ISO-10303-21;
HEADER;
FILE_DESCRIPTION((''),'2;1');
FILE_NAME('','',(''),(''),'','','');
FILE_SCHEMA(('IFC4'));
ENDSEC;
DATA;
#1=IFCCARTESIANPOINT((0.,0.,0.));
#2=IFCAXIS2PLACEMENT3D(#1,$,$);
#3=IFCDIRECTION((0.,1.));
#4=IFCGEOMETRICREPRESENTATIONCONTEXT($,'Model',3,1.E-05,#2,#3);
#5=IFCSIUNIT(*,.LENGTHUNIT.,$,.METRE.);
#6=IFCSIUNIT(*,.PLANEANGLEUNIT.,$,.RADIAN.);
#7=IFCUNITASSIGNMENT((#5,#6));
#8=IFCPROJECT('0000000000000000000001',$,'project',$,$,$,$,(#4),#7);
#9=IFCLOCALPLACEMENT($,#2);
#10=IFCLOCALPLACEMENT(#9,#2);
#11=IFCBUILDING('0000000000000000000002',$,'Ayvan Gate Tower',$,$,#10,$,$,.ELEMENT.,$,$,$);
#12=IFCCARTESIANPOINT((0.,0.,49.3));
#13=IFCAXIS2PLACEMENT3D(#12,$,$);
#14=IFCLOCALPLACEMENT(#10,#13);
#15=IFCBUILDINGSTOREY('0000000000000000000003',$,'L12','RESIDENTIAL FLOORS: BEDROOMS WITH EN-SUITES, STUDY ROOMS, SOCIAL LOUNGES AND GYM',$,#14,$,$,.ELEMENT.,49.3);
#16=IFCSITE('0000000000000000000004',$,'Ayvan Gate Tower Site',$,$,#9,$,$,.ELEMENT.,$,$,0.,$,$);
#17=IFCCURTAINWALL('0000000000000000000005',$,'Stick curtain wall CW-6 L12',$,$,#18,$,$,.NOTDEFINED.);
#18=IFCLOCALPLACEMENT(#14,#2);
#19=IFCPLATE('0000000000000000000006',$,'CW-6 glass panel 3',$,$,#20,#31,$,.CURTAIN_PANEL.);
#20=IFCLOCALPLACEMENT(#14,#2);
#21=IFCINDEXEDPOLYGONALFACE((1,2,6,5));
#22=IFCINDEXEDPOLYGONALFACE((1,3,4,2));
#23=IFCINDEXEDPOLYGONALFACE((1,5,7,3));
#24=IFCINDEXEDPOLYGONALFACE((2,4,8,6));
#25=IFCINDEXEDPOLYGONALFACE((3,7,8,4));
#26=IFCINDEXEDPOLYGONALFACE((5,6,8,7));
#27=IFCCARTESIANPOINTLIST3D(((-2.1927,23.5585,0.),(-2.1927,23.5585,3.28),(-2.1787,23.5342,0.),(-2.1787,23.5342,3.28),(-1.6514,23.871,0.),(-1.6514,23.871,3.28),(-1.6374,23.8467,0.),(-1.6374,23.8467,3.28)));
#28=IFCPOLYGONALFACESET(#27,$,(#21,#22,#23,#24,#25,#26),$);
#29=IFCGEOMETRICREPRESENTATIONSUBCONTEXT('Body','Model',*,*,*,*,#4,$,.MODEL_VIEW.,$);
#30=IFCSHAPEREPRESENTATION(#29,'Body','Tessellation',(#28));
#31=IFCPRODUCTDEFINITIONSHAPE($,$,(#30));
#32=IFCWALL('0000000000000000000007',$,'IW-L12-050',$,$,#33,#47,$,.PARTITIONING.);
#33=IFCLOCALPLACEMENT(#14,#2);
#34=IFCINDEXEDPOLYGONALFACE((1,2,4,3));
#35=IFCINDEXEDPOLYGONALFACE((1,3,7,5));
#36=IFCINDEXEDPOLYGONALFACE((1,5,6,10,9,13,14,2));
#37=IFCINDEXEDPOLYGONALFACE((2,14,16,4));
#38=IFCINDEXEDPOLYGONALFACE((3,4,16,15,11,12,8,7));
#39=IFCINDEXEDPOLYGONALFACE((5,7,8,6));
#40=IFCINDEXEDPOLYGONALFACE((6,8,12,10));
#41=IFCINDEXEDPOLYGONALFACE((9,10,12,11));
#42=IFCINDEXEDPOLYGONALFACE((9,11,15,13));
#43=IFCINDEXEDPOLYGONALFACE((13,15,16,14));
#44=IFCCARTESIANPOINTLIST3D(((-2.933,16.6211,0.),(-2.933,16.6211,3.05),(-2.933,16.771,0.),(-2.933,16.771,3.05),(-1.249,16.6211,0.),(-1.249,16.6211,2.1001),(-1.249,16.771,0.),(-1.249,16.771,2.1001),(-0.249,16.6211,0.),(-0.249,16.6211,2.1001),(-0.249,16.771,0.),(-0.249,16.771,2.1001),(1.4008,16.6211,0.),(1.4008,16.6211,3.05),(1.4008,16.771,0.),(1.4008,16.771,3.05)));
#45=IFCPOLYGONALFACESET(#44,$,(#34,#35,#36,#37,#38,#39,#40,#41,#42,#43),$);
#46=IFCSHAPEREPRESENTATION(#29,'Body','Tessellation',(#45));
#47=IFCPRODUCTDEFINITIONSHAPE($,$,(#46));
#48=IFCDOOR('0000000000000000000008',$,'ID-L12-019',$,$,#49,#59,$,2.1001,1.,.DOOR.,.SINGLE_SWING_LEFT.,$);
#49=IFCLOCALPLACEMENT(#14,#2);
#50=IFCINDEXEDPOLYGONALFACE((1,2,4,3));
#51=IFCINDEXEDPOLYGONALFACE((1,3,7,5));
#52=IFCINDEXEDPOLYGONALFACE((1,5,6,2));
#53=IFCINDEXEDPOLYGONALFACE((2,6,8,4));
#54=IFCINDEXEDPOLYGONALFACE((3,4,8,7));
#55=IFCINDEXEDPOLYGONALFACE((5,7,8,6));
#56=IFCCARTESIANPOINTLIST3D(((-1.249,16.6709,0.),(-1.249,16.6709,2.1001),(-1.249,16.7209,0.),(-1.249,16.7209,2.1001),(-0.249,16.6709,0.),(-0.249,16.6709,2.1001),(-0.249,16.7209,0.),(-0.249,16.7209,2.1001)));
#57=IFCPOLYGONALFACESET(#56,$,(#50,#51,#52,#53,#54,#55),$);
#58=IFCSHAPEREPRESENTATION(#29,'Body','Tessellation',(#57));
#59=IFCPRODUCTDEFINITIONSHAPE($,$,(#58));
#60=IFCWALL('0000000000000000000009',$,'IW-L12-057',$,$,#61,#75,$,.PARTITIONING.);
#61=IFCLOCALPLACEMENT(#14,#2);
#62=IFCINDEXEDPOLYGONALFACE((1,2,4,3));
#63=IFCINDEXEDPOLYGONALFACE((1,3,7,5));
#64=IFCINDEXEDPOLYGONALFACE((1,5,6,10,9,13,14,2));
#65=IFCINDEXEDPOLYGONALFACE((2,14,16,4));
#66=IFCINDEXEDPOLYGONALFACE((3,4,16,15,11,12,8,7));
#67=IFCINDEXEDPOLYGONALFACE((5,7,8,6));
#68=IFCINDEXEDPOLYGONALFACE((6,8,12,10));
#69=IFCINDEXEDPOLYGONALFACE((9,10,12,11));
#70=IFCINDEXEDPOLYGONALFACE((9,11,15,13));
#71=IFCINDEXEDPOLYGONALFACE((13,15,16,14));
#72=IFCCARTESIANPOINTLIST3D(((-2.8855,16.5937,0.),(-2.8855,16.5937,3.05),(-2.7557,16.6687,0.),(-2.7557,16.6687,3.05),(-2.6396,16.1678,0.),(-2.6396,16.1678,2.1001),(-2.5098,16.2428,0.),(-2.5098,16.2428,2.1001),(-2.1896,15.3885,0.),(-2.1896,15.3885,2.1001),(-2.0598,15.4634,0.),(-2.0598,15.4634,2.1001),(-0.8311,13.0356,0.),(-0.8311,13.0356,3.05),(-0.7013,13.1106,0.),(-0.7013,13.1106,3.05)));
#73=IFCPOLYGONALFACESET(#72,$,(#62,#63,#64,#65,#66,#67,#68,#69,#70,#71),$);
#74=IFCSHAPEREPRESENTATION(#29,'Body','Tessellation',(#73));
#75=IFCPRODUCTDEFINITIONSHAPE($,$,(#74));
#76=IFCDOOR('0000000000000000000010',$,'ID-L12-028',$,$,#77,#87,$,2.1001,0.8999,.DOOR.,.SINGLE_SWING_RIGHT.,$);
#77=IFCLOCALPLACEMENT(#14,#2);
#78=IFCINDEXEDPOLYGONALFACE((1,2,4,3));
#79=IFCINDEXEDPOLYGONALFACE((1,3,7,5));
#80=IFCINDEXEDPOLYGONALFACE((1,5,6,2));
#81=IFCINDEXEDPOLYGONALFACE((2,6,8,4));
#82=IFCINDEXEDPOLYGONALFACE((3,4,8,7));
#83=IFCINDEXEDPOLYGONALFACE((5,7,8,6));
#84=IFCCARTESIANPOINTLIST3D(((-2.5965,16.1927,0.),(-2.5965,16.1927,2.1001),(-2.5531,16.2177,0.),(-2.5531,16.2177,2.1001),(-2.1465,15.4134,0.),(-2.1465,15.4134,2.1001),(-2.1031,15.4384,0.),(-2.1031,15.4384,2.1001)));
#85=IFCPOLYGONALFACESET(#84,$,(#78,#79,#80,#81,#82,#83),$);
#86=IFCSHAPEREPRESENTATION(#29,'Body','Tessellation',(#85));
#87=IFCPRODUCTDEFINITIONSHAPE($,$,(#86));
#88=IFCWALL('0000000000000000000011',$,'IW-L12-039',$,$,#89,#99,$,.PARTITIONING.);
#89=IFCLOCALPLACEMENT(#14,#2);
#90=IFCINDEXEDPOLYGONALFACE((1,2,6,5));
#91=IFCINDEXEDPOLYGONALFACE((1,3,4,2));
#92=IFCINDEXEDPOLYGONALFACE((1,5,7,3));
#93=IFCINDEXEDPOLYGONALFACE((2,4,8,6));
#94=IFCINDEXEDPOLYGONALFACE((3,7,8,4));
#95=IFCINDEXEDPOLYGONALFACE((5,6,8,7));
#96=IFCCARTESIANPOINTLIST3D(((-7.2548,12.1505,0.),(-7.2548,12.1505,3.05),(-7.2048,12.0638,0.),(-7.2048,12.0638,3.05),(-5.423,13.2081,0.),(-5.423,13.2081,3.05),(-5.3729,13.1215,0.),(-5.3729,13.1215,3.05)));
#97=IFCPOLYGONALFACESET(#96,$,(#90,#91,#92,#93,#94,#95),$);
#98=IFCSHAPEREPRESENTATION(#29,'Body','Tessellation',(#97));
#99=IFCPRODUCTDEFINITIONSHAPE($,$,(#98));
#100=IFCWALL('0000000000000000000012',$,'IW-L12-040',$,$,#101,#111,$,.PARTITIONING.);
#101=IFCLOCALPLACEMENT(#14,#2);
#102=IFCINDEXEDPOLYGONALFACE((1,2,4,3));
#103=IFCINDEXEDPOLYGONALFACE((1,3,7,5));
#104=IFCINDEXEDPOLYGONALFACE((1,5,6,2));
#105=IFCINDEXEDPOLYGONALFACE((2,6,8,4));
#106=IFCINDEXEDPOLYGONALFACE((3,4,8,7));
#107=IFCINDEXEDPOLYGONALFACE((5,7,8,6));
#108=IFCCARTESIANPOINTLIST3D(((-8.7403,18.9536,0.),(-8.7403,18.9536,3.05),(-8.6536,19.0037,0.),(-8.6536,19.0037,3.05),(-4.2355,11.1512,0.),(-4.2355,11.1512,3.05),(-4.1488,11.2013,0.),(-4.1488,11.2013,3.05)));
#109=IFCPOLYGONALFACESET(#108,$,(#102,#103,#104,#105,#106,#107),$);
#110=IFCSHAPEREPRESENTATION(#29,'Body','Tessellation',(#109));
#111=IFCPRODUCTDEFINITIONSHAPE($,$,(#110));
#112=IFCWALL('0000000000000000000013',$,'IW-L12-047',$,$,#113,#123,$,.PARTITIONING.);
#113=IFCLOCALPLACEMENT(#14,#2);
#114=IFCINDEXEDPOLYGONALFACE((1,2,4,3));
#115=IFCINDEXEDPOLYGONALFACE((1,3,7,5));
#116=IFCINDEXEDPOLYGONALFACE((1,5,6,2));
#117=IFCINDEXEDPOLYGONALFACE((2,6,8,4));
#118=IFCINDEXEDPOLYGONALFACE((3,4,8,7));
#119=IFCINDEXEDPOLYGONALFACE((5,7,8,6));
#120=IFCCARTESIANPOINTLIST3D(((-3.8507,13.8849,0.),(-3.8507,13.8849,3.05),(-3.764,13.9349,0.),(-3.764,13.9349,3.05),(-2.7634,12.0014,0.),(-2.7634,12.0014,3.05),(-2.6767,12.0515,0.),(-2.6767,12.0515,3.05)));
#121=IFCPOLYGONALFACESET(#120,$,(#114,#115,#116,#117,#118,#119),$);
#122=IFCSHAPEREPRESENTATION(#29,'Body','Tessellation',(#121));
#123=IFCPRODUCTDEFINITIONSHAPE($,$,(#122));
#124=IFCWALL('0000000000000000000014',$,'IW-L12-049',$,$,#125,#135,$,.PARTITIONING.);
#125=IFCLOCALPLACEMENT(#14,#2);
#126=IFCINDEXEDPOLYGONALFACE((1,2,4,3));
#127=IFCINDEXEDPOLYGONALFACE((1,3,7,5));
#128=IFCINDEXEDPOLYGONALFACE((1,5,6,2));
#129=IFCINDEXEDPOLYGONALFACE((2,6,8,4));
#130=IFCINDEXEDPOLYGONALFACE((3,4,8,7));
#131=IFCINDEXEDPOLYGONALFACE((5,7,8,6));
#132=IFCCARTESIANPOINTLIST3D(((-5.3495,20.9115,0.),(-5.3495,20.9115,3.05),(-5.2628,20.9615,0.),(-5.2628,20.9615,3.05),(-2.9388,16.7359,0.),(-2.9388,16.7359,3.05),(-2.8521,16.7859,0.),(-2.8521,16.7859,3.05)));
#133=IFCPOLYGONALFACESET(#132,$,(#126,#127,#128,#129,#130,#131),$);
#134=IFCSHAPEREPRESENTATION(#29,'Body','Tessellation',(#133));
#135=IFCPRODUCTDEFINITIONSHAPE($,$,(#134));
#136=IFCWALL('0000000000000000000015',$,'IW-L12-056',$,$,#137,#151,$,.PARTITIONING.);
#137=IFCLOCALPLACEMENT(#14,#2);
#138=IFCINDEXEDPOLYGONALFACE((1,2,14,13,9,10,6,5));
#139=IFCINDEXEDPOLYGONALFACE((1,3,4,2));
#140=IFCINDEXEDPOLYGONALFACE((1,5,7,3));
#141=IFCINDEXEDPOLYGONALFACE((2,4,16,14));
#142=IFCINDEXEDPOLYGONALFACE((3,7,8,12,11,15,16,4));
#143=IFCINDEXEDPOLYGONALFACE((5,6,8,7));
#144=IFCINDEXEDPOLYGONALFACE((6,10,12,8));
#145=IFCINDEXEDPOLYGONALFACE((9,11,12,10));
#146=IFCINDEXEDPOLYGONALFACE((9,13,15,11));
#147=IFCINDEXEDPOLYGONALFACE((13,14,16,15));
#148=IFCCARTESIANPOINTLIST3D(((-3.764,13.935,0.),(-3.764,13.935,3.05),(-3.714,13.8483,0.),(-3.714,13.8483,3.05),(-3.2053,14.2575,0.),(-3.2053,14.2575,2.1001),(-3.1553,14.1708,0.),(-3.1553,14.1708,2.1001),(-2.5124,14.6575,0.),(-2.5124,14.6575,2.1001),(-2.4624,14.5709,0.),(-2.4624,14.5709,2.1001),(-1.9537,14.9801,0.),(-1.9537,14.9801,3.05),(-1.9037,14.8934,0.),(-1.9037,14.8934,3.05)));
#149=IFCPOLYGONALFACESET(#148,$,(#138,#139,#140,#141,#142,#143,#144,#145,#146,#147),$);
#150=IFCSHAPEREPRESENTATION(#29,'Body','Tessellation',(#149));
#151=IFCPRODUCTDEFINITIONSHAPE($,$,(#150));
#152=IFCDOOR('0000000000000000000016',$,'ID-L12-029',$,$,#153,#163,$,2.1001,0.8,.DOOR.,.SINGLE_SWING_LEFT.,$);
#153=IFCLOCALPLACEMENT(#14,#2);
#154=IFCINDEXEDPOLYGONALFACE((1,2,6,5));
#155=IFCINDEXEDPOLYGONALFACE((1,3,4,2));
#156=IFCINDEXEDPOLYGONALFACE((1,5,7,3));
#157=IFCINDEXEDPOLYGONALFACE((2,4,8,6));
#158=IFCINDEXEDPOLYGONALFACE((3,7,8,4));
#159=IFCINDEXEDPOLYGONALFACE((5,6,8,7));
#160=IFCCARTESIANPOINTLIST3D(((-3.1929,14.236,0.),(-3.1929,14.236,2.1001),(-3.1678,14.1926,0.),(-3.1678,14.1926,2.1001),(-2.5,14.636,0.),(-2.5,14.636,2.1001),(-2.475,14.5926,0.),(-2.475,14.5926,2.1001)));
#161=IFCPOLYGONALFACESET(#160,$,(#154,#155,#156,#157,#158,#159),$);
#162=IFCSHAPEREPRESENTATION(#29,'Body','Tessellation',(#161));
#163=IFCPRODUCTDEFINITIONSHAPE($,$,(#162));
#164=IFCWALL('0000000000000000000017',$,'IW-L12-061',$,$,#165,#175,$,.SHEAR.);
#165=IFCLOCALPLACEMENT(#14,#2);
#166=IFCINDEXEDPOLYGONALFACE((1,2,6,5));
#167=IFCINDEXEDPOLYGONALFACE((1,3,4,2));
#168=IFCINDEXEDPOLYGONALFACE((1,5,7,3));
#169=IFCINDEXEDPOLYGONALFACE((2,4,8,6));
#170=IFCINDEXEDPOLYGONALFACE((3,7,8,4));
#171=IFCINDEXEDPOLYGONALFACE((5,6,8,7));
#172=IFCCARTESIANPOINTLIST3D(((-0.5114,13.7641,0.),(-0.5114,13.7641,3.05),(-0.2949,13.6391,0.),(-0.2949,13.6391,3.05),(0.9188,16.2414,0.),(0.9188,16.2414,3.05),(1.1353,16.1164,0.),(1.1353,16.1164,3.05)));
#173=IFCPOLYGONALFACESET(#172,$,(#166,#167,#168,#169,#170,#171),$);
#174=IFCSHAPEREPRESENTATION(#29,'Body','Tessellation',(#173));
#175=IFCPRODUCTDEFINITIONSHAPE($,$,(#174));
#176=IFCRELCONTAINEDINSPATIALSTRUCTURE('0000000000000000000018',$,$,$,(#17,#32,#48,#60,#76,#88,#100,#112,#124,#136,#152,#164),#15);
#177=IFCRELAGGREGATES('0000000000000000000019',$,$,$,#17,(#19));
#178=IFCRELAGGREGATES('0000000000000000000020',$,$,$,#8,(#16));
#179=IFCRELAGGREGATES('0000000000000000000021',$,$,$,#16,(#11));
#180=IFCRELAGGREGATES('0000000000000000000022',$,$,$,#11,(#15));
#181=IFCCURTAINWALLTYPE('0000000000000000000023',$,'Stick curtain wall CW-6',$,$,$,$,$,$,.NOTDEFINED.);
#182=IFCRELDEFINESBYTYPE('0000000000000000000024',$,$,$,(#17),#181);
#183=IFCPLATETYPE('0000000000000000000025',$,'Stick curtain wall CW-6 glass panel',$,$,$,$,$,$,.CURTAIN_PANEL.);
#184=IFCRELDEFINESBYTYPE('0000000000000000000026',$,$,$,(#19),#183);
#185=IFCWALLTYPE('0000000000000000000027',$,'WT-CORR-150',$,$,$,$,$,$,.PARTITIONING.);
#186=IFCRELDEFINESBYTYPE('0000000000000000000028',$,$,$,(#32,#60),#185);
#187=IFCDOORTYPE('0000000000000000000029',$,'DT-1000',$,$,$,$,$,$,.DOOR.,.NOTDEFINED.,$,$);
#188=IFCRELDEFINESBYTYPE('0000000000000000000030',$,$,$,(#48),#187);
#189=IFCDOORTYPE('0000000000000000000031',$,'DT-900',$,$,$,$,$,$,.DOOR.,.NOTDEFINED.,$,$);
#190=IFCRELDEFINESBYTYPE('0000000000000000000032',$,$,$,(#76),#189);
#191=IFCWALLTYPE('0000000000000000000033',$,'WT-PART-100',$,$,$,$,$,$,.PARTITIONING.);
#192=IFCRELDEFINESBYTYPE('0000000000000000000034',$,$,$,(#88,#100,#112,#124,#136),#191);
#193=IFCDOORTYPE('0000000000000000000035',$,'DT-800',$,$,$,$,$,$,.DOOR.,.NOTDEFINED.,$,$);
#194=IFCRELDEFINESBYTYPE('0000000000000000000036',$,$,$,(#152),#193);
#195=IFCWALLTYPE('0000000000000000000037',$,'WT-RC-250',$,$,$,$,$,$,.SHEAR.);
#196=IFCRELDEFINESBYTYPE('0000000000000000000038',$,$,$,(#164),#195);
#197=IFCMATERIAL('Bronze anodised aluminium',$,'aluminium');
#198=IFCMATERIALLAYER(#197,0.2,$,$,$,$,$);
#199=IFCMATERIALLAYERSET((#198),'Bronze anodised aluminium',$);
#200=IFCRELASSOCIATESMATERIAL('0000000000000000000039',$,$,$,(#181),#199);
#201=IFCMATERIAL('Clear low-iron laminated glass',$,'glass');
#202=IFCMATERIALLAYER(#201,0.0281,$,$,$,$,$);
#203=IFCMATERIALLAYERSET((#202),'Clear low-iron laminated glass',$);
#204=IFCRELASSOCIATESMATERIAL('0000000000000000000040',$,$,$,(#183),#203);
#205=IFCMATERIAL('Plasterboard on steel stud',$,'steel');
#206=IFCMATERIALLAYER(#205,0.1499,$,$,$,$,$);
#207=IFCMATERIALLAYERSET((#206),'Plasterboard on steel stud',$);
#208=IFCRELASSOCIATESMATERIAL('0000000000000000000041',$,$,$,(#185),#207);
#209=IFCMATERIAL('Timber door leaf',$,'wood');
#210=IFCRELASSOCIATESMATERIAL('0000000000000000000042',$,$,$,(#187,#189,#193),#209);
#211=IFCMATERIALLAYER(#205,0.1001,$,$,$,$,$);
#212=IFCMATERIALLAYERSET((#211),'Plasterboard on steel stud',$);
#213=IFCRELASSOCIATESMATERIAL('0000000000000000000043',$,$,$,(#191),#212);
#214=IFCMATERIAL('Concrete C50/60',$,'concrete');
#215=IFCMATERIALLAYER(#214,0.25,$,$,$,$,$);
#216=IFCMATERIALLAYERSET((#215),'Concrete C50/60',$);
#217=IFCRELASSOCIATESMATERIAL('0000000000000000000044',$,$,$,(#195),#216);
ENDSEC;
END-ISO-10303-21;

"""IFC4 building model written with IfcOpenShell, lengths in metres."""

from ifc_helpers import new_model, si_unit, direction, frame, frame_2d, origin, origin_2d, place, context, subcontext, project, spatial, rectangle, extrude, material, layer, layer_set, type_object, element, fill, aggregate, save


model = new_model("IFC4")

# Units and contexts
model_context = context("Model", 3, precision=1e-05, world=origin(), true_north=direction((0.0, 1.0)))
body_context = subcontext(model_context, "Body", "Model", "MODEL_VIEW")
ifc_project = project(units=[si_unit("LENGTHUNIT", "METRE"), si_unit("PLANEANGLEUNIT", "RADIAN")], contexts=[model_context])

# Site, building, storey
site_placement = place(None, origin())
site = spatial("IfcSite", under=ifc_project, at=site_placement, Name="Ayvan Gate Tower Site", CompositionType="ELEMENT", RefElevation=0.0)
building_placement = place(site_placement, origin())
building = spatial("IfcBuilding", under=site, at=building_placement, Name="Ayvan Gate Tower", CompositionType="ELEMENT")
storey_placement = place(building_placement, frame((0.0, 0.0, 49.3)))
storey = spatial("IfcBuildingStorey", under=building, at=storey_placement, Name="L12", Description="RESIDENTIAL FLOORS: BEDROOMS WITH EN-SUITES, STUDY ROOMS, SOCIAL LOUNGES AND GYM", CompositionType="ELEMENT", Elevation=49.3)

# Curtain wall
ifc_material_1 = material(Name="Bronze anodised aluminium", Category="aluminium")
ifc_layer_1 = layer(ifc_material_1, 0.2)
ifc_layer_set_1 = layer_set([ifc_layer_1], Name="Bronze anodised aluminium")
curtain_wall_type_1 = type_object("IfcCurtainWallType", Name="Stick curtain wall CW-6", PredefinedType="NOTDEFINED", material=ifc_layer_set_1)
curtain_wall_1_placement = place(storey_placement, origin())
curtain_wall_1 = element("IfcCurtainWall", 1, at=curtain_wall_1_placement, inside=storey, type_object=curtain_wall_type_1, Name="Stick curtain wall CW-6 L12", PredefinedType="NOTDEFINED")

# Plate
ifc_material_2 = material(Name="Clear low-iron laminated glass", Category="glass")
ifc_layer_2 = layer(ifc_material_2, 0.0281)
ifc_layer_set_2 = layer_set([ifc_layer_2], Name="Clear low-iron laminated glass")
plate_type_1 = type_object("IfcPlateType", Name="Stick curtain wall CW-6 glass panel", PredefinedType="CURTAIN_PANEL", material=ifc_layer_set_2)
plate_1_placement = place(storey_placement, frame((-1.915, 23.7026, 0.0), z_axis=(0.0, 0.0, 1.0), x_axis=(-0.866025, -0.5, 0.0)))
plate_1 = element("IfcPlate", 2, at=plate_1_placement, type_object=plate_type_1, Name="CW-6 glass panel 3", PredefinedType="CURTAIN_PANEL", context=body_context, shape_type="SweptSolid", body=[
    extrude(rectangle(XDim=0.625, YDim=0.0281, at=origin_2d()), origin(), (0.0, 0.0, 1.0), 3.28),
])
aggregate(curtain_wall_1, [plate_1])

# Walls, openings, doors
ifc_material_3 = material(Name="Plasterboard on steel stud", Category="steel")
ifc_layer_3 = layer(ifc_material_3, 0.1499)
ifc_layer_set_3 = layer_set([ifc_layer_3], Name="Plasterboard on steel stud")
wall_type_1 = type_object("IfcWallType", Name="WT-CORR-150", PredefinedType="PARTITIONING", material=ifc_layer_set_3)
wall_1_placement = place(storey_placement, frame((-2.9331, 16.696, 0.0), z_axis=(0.0, 0.0, 1.0), x_axis=(1.0, 0.0, 0.0)))
wall_1 = element("IfcWall", 3, at=wall_1_placement, inside=storey, type_object=wall_type_1, Name="IW-L12-050", PredefinedType="PARTITIONING", context=body_context, shape_type="SweptSolid", body=[
    extrude(rectangle(XDim=4.3337, YDim=0.1499, at=frame_2d((2.167, 0.0))), origin(), (0.0, 0.0, 1.0), 3.05),
])
opening_1_placement = place(wall_1_placement, frame((1.6841, 0.0, 0.0)))
opening_1 = element("IfcOpeningElement", 4, at=opening_1_placement, cuts=wall_1, PredefinedType="OPENING", context=body_context, shape_type="SweptSolid", body=[
    extrude(rectangle(XDim=1.0, YDim=2.1001, at=frame_2d((0.5, 1.05))), frame((0.0, 0.085, 0.0), z_axis=(0.0, -1.0, 0.0), x_axis=(1.0, 0.0, 0.0)), (0.0, 0.0, 1.0), 0.1699),
])
ifc_material_4 = material(Name="Timber door leaf", Category="wood")
door_type_1 = type_object("IfcDoorType", Name="DT-1000", OperationType="NOTDEFINED", PredefinedType="DOOR", material=ifc_material_4)
door_1_placement = place(opening_1_placement, origin())
door_1 = element("IfcDoor", 5, at=door_1_placement, inside=storey, type_object=door_type_1, Name="ID-L12-019", OperationType="SINGLE_SWING_LEFT", OverallHeight=2.1001, OverallWidth=1.0, PredefinedType="DOOR", context=body_context, shape_type="SweptSolid", body=[
    extrude(rectangle(XDim=1.0, YDim=2.1001, at=frame_2d((0.5, 1.05))), frame((0.0, 0.0249, 0.0), z_axis=(0.0, -1.0, 0.0), x_axis=(1.0, 0.0, 0.0)), (0.0, 0.0, 1.0), 0.05),
])
fill(opening_1, door_1)
wall_2_placement = place(storey_placement, frame((-2.8206, 16.6311, 0.0), z_axis=(0.0, 0.0, 1.0), x_axis=(0.500031, -0.866007, 0.0)))
wall_2 = element("IfcWall", 6, at=wall_2_placement, inside=storey, type_object=wall_type_1, Name="IW-L12-057", PredefinedType="PARTITIONING", context=body_context, shape_type="SweptSolid", body=[
    extrude(rectangle(XDim=4.1086, YDim=0.1499, at=frame_2d((2.0542, 0.0))), origin(), (0.0, 0.0, 1.0), 3.05),
])
opening_2_placement = place(wall_2_placement, frame((0.4917, 0.0, 0.0)))
opening_2 = element("IfcOpeningElement", 7, at=opening_2_placement, cuts=wall_2, PredefinedType="OPENING", context=body_context, shape_type="SweptSolid", body=[
    extrude(rectangle(XDim=0.8999, YDim=2.1001, at=frame_2d((0.45, 1.05))), frame((0.0, 0.085, 0.0), z_axis=(0.0, -1.0, 0.0), x_axis=(1.0, 0.0, 0.0)), (0.0, 0.0, 1.0), 0.1699),
])
door_type_2 = type_object("IfcDoorType", Name="DT-900", OperationType="NOTDEFINED", PredefinedType="DOOR", material=ifc_material_4)
door_2_placement = place(opening_2_placement, origin())
door_2 = element("IfcDoor", 8, at=door_2_placement, inside=storey, type_object=door_type_2, Name="ID-L12-028", OperationType="SINGLE_SWING_RIGHT", OverallHeight=2.1001, OverallWidth=0.8999, PredefinedType="DOOR", context=body_context, shape_type="SweptSolid", body=[
    extrude(rectangle(XDim=0.8999, YDim=2.1001, at=frame_2d((0.45, 1.05))), frame((0.0, 0.0249, 0.0), z_axis=(0.0, -1.0, 0.0), x_axis=(1.0, 0.0, 0.0)), (0.0, 0.0, 1.0), 0.05),
])
fill(opening_2, door_2)

# Walls
ifc_layer_4 = layer(ifc_material_3, 0.1001)
ifc_layer_set_4 = layer_set([ifc_layer_4], Name="Plasterboard on steel stud")
wall_type_2 = type_object("IfcWallType", Name="WT-PART-100", PredefinedType="PARTITIONING", material=ifc_layer_set_4)
wall_3_placement = place(storey_placement, frame((-5.3979, 13.1648, 0.0), z_axis=(0.0, 0.0, 1.0), x_axis=(-0.866018, -0.500012, 0.0)))
element("IfcWall", 9, at=wall_3_placement, inside=storey, type_object=wall_type_2, Name="IW-L12-039", PredefinedType="PARTITIONING", context=body_context, shape_type="SweptSolid", body=[
    extrude(rectangle(XDim=2.1152, YDim=0.1001, at=frame_2d((1.0576, 0.0))), origin(), (0.0, 0.0, 1.0), 3.05),
])
wall_4_placement = place(storey_placement, frame((-8.697, 18.9788, 0.0), z_axis=(0.0, 0.0, 1.0), x_axis=(0.500009, -0.86602, 0.0)))
element("IfcWall", 10, at=wall_4_placement, inside=storey, type_object=wall_type_2, Name="IW-L12-040", PredefinedType="PARTITIONING", context=body_context, shape_type="SweptSolid", body=[
    extrude(rectangle(XDim=9.0095, YDim=0.1001, at=frame_2d((4.5049, 0.0))), origin(), (0.0, 0.0, 1.0), 3.05),
])
wall_5_placement = place(storey_placement, frame((-3.8074, 13.9099, 0.0), z_axis=(0.0, 0.0, 1.0), x_axis=(0.499978, -0.866038, 0.0)))
element("IfcWall", 11, at=wall_5_placement, inside=storey, type_object=wall_type_2, Name="IW-L12-047", PredefinedType="PARTITIONING", context=body_context, shape_type="SweptSolid", body=[
    extrude(rectangle(XDim=2.1748, YDim=0.1001, at=frame_2d((1.0874, 0.0))), origin(), (0.0, 0.0, 1.0), 3.05),
])
wall_6_placement = place(storey_placement, frame((-2.8955, 16.761, 0.0), z_axis=(0.0, 0.0, 1.0), x_axis=(-0.499984, 0.866035, 0.0)))
element("IfcWall", 12, at=wall_6_placement, inside=storey, type_object=wall_type_2, Name="IW-L12-049", PredefinedType="PARTITIONING", context=body_context, shape_type="SweptSolid", body=[
    extrude(rectangle(XDim=4.8215, YDim=0.1001, at=frame_2d((2.4106, 0.0))), origin(), (0.0, 0.0, 1.0), 3.05),
])

# Wall, opening, door
wall_7_placement = place(storey_placement, frame((-1.9287, 14.9368, 0.0), z_axis=(0.0, 0.0, 1.0), x_axis=(-0.866028, -0.499995, 0.0)))
wall_7 = element("IfcWall", 13, at=wall_7_placement, inside=storey, type_object=wall_type_2, Name="IW-L12-056", PredefinedType="PARTITIONING", context=body_context, shape_type="SweptSolid", body=[
    extrude(rectangle(XDim=2.0903, YDim=0.1001, at=frame_2d((1.0452, 0.0))), origin(), (0.0, 0.0, 1.0), 3.05),
])
opening_3_placement = place(wall_7_placement, frame((0.6453, 0.0, 0.0)))
opening_3 = element("IfcOpeningElement", 14, at=opening_3_placement, cuts=wall_7, PredefinedType="OPENING", context=body_context, shape_type="SweptSolid", body=[
    extrude(rectangle(XDim=0.8, YDim=2.1001, at=frame_2d((0.3999, 1.05))), frame((0.0, 0.0601, 0.0), z_axis=(0.0, -1.0, 0.0), x_axis=(1.0, 0.0, 0.0)), (0.0, 0.0, 1.0), 0.1201),
])
door_type_3 = type_object("IfcDoorType", Name="DT-800", OperationType="NOTDEFINED", PredefinedType="DOOR", material=ifc_material_4)
door_3_placement = place(opening_3_placement, origin())
door_3 = element("IfcDoor", 15, at=door_3_placement, inside=storey, type_object=door_type_3, Name="ID-L12-029", OperationType="SINGLE_SWING_LEFT", OverallHeight=2.1001, OverallWidth=0.8, PredefinedType="DOOR", context=body_context, shape_type="SweptSolid", body=[
    extrude(rectangle(XDim=0.8, YDim=2.1001, at=frame_2d((0.3999, 1.05))), frame((0.0, 0.0249, 0.0), z_axis=(0.0, -1.0, 0.0), x_axis=(1.0, 0.0, 0.0)), (0.0, 0.0, 1.0), 0.05),
])
fill(opening_3, door_3)

# Wall
ifc_material_5 = material(Name="Concrete C50/60", Category="concrete")
ifc_layer_5 = layer(ifc_material_5, 0.25)
ifc_layer_set_5 = layer_set([ifc_layer_5], Name="Concrete C50/60")
wall_type_3 = type_object("IfcWallType", Name="WT-RC-250", PredefinedType="SHEAR", material=ifc_layer_set_5)
wall_8_placement = place(storey_placement, frame((-0.4031, 13.7017, 0.0), z_axis=(0.0, 0.0, 1.0), x_axis=(0.499976, 0.866039, 0.0)))
element("IfcWall", 16, at=wall_8_placement, inside=storey, type_object=wall_type_3, Name="IW-L12-061", PredefinedType="SHEAR", context=body_context, shape_type="SweptSolid", body=[
    extrude(rectangle(XDim=2.8606, YDim=0.25, at=frame_2d((1.4302, 0.0))), origin(), (0.0, 0.0, 1.0), 3.05),
])

save(model, "model.ifc")
